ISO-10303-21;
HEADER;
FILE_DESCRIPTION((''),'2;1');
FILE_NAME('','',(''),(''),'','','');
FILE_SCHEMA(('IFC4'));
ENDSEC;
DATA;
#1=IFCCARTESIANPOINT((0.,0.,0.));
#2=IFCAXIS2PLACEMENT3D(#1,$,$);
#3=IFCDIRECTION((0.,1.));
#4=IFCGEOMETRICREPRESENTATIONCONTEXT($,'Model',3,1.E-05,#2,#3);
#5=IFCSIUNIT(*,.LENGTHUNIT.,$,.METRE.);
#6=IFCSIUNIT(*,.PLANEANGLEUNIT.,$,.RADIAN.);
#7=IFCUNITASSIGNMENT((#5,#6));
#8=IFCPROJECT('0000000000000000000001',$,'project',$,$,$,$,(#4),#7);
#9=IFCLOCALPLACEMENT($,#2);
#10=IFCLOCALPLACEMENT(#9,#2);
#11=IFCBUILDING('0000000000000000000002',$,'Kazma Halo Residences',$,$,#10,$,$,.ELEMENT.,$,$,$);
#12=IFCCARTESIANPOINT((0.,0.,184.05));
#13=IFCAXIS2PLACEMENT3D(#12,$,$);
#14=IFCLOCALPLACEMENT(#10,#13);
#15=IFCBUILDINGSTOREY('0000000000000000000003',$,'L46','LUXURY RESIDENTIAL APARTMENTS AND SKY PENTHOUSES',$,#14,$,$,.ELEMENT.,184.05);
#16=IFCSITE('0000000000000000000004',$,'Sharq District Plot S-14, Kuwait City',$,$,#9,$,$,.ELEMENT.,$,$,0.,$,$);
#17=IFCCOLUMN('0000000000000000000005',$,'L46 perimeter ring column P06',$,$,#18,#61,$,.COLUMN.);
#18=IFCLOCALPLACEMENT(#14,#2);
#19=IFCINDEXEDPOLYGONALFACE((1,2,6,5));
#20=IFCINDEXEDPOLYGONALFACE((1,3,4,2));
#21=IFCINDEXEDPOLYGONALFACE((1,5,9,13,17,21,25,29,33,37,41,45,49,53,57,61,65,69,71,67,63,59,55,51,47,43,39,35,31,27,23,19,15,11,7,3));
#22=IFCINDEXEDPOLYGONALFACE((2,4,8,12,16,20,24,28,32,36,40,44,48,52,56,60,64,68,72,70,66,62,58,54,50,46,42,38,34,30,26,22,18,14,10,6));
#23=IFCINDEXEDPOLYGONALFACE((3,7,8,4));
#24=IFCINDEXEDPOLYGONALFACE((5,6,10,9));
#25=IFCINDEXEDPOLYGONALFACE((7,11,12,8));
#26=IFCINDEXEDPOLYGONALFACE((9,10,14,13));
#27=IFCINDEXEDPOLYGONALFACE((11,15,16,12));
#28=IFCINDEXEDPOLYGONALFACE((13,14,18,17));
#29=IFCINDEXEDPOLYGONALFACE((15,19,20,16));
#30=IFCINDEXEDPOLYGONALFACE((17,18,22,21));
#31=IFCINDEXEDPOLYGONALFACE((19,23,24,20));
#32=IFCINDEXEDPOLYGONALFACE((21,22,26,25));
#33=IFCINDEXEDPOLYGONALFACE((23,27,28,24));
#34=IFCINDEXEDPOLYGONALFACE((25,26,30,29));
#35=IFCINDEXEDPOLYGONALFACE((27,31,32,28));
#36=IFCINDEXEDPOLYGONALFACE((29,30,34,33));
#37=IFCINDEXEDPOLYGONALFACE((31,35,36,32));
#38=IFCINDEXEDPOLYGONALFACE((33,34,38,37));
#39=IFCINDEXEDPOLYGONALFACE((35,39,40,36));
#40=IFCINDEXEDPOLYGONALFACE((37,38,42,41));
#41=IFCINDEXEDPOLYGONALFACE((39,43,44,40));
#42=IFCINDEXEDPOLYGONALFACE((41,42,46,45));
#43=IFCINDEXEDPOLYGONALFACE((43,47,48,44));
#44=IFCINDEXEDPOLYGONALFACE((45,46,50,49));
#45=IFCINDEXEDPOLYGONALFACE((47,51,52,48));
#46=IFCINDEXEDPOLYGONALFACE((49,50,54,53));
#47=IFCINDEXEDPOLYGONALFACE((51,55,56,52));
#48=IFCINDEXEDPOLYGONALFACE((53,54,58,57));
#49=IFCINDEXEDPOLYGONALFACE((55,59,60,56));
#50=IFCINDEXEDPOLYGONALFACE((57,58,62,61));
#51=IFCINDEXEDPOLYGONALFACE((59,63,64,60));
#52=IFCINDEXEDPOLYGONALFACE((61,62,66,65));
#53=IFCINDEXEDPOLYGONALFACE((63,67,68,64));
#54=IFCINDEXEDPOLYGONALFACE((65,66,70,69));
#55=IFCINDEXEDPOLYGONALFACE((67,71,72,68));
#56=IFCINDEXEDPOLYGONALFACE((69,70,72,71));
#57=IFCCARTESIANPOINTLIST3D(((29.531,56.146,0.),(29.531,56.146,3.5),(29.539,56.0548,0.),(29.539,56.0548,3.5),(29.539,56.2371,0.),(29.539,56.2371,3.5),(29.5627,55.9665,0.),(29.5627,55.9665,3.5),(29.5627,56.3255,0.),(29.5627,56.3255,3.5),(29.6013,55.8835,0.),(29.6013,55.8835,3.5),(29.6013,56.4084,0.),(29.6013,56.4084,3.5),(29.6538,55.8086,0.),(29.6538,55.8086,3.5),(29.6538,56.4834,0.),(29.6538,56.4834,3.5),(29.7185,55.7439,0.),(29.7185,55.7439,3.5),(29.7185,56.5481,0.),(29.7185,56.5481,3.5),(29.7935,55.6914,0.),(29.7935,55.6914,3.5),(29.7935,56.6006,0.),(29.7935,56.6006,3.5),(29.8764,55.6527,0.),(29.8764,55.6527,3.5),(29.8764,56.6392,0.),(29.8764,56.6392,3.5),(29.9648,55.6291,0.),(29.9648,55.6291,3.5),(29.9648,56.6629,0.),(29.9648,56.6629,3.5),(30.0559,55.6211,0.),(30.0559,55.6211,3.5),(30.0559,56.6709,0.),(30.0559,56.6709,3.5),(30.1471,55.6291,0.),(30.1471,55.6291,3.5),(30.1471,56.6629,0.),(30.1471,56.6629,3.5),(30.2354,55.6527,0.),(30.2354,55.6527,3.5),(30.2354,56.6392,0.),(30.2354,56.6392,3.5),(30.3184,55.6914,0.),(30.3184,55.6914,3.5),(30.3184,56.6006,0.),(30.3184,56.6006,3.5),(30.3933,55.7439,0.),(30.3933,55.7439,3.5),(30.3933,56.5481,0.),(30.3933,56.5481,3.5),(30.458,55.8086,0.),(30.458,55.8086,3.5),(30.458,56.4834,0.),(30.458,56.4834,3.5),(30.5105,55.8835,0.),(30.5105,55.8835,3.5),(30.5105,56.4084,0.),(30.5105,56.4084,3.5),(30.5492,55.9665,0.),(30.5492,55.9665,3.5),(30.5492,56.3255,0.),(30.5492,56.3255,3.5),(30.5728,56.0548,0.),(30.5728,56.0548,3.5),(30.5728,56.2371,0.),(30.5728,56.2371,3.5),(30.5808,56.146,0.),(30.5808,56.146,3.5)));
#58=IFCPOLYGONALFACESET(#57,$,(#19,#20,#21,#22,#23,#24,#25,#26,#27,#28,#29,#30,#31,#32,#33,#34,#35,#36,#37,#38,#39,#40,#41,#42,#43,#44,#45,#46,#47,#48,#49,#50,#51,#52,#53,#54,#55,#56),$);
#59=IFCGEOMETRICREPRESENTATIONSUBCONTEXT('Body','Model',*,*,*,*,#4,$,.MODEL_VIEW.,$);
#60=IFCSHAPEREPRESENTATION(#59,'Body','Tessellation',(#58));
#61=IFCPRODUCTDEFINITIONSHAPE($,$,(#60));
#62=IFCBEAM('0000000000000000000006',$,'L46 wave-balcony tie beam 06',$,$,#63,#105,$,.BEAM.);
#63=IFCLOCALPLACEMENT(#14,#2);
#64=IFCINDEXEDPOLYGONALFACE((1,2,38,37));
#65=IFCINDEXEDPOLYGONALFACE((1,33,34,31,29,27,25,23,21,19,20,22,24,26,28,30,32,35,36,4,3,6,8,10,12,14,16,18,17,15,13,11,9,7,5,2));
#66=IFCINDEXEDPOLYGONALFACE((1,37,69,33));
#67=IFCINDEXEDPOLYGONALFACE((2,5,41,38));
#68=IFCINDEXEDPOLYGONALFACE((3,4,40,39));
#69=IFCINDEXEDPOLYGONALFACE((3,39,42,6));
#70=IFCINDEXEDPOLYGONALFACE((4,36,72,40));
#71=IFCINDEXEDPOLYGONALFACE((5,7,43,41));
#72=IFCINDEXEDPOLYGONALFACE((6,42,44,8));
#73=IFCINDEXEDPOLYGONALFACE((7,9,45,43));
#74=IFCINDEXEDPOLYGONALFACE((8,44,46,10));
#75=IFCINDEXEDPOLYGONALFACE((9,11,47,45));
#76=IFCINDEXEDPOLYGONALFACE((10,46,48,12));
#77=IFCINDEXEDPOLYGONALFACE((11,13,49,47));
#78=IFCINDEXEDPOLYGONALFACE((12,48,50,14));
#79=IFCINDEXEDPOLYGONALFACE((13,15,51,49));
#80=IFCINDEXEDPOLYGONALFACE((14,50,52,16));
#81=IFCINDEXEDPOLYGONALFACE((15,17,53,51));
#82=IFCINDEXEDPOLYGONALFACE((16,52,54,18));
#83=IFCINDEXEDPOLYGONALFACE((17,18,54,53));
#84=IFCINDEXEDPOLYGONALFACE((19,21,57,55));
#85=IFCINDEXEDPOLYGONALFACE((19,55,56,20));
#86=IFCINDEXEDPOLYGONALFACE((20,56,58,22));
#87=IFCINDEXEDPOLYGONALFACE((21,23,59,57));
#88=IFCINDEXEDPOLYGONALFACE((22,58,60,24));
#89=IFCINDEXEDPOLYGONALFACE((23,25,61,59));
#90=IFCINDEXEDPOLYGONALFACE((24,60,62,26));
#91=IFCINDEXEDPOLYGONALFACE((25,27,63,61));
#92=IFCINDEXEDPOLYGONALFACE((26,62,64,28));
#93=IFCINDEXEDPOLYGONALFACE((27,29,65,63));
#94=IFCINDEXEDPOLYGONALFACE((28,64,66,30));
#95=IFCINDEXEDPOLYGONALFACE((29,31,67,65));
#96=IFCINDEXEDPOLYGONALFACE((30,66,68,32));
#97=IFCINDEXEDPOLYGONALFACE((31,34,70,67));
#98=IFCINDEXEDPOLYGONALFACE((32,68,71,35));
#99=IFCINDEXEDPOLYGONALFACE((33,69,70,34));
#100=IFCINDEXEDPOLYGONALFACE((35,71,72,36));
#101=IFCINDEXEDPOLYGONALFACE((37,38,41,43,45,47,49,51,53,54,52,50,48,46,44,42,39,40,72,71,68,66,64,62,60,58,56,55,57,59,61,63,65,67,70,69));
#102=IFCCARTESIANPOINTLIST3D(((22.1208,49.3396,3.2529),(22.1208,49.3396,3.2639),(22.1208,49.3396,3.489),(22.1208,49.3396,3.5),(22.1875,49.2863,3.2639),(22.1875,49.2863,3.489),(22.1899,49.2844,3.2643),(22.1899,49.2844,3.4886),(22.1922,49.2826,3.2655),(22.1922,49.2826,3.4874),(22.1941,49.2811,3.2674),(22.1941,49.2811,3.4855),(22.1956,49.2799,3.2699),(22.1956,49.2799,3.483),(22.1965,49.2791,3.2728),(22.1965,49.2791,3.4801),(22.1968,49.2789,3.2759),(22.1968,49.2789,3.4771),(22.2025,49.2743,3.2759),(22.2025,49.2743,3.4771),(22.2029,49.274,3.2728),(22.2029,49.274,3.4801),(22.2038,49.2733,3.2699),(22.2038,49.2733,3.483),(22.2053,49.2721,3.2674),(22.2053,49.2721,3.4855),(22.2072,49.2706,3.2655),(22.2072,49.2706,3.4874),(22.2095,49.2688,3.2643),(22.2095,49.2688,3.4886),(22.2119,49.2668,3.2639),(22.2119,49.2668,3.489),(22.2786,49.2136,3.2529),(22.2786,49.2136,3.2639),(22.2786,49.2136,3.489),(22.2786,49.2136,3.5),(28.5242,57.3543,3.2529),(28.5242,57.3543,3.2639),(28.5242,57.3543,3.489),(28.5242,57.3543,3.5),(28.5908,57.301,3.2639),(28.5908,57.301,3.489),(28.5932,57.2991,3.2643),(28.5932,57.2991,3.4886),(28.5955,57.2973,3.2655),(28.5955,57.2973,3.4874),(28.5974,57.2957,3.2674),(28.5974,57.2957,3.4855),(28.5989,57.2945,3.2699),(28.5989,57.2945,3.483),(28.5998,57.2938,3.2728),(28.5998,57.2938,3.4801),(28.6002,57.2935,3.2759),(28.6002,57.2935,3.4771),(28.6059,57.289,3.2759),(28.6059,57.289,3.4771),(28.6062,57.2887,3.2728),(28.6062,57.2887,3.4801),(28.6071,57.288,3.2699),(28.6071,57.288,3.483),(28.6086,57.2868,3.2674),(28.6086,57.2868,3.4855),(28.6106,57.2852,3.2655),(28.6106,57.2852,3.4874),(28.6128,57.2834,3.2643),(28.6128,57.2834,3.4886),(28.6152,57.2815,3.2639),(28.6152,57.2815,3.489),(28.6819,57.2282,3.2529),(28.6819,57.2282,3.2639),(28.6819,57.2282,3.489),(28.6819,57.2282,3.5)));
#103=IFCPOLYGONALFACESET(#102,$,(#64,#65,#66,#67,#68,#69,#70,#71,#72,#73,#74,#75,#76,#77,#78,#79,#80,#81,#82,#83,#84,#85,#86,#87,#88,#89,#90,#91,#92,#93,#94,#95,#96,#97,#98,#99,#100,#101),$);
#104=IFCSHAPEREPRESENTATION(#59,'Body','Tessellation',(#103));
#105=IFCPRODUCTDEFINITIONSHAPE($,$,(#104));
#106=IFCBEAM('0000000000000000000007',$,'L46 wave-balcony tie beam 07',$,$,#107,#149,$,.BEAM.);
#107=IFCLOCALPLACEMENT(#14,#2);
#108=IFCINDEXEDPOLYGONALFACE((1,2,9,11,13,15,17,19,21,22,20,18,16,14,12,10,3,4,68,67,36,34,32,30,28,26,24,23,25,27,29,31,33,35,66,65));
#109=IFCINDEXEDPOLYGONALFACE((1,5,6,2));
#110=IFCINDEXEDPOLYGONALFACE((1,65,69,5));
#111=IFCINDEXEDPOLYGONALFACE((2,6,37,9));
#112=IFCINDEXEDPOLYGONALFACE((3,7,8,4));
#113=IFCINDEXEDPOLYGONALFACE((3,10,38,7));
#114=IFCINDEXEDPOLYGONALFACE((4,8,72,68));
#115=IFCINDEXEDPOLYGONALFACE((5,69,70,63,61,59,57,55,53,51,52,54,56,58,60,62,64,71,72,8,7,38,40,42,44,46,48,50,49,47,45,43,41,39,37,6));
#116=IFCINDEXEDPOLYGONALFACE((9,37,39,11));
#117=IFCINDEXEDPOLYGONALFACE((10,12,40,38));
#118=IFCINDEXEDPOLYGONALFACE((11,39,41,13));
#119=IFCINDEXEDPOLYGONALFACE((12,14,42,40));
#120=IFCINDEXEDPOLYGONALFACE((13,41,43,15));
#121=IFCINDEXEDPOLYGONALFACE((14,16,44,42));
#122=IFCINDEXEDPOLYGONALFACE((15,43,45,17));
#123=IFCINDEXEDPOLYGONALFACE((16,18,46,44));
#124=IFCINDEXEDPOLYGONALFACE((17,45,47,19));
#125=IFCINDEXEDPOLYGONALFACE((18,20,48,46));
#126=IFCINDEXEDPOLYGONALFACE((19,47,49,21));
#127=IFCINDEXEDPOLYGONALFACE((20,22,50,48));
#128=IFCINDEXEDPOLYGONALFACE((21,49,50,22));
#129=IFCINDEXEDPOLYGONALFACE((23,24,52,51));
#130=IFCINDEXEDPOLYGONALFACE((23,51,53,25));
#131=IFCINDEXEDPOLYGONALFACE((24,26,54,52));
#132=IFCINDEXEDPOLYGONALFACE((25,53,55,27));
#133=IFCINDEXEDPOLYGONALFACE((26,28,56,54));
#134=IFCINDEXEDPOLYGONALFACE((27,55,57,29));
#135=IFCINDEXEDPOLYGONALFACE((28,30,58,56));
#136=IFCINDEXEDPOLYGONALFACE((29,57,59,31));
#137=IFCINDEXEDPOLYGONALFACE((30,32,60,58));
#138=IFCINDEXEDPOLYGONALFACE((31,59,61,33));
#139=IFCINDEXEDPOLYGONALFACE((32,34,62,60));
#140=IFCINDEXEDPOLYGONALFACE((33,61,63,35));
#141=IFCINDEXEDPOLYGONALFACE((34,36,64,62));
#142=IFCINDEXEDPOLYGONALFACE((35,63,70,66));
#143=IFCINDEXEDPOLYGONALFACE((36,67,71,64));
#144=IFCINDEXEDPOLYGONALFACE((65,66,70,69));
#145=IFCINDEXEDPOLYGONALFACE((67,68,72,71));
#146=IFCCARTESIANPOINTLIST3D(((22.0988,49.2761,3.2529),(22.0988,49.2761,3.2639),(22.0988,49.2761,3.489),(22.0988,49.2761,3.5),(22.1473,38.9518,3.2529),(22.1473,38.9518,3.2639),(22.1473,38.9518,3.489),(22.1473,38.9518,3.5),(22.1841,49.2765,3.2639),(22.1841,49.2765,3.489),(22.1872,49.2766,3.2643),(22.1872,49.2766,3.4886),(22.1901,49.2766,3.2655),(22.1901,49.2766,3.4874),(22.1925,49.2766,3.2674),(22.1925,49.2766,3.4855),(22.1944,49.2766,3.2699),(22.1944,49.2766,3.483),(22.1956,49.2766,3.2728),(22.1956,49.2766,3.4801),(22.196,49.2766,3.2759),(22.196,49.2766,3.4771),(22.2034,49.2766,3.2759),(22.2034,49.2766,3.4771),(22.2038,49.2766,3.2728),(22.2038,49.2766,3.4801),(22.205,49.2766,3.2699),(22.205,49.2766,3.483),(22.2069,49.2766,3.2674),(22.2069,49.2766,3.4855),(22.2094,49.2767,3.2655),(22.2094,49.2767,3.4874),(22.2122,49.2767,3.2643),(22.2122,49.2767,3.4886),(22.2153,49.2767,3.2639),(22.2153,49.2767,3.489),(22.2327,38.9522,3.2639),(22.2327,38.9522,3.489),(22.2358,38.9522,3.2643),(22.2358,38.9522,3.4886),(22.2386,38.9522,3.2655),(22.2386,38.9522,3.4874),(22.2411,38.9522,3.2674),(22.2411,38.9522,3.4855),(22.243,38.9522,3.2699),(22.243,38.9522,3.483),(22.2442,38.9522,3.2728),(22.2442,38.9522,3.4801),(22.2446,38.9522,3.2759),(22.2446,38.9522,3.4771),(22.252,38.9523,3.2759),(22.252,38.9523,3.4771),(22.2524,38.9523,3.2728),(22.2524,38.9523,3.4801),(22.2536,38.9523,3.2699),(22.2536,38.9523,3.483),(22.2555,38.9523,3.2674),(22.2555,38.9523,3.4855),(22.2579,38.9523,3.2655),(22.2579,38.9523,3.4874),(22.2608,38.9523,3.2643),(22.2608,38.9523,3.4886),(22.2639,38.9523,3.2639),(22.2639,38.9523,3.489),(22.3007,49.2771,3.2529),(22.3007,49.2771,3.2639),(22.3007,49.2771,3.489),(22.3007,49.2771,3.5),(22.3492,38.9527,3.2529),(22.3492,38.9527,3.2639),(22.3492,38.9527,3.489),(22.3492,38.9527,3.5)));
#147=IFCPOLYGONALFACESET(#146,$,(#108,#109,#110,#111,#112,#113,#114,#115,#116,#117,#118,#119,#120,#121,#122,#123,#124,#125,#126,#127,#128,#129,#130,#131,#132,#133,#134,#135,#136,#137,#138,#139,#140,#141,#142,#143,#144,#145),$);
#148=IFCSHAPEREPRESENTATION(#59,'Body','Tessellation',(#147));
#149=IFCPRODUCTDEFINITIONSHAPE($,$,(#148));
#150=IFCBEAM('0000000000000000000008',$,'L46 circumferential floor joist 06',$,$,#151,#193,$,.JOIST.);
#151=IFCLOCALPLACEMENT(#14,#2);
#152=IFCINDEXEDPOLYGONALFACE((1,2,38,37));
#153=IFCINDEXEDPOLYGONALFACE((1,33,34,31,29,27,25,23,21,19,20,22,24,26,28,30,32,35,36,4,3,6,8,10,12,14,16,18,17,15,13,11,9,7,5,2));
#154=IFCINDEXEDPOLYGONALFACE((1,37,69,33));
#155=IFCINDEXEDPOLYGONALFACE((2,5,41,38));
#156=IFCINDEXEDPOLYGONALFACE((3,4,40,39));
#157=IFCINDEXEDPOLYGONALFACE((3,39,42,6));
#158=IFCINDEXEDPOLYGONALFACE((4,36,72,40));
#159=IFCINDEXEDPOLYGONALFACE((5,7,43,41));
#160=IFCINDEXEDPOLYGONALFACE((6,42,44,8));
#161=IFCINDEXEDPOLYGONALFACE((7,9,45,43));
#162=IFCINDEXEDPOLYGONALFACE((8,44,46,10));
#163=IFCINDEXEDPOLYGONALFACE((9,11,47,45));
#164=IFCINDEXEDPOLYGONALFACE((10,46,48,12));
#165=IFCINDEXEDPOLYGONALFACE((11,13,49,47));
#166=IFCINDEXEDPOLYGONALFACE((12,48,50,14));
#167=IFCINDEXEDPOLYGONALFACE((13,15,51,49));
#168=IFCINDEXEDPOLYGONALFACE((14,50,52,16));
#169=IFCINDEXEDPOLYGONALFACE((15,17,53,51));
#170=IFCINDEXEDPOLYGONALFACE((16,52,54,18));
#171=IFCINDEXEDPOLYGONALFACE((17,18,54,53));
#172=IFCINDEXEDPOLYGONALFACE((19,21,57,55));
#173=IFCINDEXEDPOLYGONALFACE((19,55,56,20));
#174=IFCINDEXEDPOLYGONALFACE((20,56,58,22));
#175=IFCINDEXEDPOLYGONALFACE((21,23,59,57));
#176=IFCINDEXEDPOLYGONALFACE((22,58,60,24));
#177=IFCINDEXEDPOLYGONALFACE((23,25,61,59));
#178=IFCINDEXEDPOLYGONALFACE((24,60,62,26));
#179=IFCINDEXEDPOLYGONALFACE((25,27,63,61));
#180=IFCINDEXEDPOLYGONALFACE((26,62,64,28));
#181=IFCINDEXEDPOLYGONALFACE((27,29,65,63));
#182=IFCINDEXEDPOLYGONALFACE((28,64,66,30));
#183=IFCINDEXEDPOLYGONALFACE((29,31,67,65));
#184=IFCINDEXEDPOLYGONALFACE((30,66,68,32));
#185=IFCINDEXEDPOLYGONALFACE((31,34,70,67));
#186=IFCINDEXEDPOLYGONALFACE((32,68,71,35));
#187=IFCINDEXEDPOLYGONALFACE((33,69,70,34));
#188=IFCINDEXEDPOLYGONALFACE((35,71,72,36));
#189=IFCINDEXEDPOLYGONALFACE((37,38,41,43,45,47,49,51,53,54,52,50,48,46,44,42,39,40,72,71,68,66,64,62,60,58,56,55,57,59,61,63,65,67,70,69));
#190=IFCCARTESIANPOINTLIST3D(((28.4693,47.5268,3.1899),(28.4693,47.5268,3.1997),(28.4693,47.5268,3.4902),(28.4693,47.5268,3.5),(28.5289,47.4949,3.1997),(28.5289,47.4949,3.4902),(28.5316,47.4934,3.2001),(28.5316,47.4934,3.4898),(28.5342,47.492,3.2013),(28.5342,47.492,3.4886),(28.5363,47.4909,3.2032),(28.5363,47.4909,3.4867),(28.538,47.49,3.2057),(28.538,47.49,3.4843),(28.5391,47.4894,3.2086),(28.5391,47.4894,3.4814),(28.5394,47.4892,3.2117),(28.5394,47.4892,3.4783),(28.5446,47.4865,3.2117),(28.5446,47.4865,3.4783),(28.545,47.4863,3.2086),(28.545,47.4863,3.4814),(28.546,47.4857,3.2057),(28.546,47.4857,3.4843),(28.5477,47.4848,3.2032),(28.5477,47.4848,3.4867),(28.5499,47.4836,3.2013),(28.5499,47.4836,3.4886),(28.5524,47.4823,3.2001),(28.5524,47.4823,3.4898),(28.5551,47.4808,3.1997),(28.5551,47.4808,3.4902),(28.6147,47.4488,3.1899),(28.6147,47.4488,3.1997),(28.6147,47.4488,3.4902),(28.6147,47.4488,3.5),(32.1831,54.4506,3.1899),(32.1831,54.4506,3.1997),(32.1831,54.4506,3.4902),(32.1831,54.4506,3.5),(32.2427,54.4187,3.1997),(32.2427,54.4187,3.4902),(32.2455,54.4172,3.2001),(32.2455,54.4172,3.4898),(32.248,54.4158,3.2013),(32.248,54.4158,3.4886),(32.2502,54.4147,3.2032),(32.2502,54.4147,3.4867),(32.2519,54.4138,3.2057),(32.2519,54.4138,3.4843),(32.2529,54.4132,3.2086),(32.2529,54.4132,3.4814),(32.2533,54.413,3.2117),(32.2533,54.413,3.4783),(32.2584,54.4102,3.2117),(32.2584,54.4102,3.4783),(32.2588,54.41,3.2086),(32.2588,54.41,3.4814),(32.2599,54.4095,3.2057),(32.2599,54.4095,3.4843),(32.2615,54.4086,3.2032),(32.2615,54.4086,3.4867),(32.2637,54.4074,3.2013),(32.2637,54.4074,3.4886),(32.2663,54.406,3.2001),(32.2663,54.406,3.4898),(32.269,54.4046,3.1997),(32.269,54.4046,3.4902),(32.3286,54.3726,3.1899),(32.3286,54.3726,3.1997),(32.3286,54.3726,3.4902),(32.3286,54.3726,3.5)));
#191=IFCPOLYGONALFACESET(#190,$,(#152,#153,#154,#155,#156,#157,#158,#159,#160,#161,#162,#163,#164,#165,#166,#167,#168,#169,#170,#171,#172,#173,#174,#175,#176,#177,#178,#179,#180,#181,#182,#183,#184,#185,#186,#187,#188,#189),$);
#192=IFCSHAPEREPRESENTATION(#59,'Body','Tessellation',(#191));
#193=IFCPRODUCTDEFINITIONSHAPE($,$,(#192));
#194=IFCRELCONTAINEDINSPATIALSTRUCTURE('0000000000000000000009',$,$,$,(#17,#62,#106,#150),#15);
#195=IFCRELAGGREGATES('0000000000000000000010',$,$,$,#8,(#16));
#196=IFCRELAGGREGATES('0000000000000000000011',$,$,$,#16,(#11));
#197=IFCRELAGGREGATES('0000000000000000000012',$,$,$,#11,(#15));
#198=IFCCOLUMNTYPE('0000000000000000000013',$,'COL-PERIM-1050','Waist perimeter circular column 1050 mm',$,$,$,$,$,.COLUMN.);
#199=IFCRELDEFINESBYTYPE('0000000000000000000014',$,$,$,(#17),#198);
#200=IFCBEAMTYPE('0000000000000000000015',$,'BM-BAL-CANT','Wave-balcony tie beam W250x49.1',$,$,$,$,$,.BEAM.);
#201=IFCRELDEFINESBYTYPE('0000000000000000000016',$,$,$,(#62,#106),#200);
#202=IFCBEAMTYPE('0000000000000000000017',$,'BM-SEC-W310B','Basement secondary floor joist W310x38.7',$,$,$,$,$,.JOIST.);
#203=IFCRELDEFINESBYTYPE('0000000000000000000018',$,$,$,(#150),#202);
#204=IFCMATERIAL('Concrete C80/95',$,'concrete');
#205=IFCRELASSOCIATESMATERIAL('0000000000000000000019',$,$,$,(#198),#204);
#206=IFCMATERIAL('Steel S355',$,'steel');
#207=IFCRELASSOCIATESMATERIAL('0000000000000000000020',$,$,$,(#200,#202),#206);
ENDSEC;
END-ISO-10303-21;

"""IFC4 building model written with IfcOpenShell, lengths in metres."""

from ifc_helpers import new_model, si_unit, direction, frame, origin, origin_2d, place, context, subcontext, project, spatial, circle, i_section, extrude, material, material_profile, profile_set, type_object, element, save


model = new_model("IFC4")

# Units and contexts
model_context = context("Model", 3, precision=1e-05, world=origin(), true_north=direction((0.0, 1.0)))
body_context = subcontext(model_context, "Body", "Model", "MODEL_VIEW")
ifc_project = project(units=[si_unit("LENGTHUNIT", "METRE"), si_unit("PLANEANGLEUNIT", "RADIAN")], contexts=[model_context])

# Site, building, storey
site_placement = place(None, origin())
site = spatial("IfcSite", under=ifc_project, at=site_placement, Name="Sharq District Plot S-14, Kuwait City", CompositionType="ELEMENT", RefElevation=0.0)
building_placement = place(site_placement, origin())
building = spatial("IfcBuilding", under=site, at=building_placement, Name="Kazma Halo Residences", CompositionType="ELEMENT")
storey_placement = place(building_placement, frame((0.0, 0.0, 184.05)))
storey = spatial("IfcBuildingStorey", under=building, at=storey_placement, Name="L46", Description="LUXURY RESIDENTIAL APARTMENTS AND SKY PENTHOUSES", CompositionType="ELEMENT", Elevation=184.05)

# Column
ifc_material_1 = material(Name="Concrete C80/95", Category="concrete")
ifc_material_profile_1 = material_profile(ifc_material_1, circle(Radius=0.5249, at=origin_2d()), Name="CIRC1050")
ifc_profile_set_1 = profile_set([ifc_material_profile_1], Name="Concrete C80/95")
column_type = type_object("IfcColumnType", Name="COL-PERIM-1050", Description="Waist perimeter circular column 1050 mm", PredefinedType="COLUMN", material=ifc_profile_set_1)
column_placement = place(storey_placement, frame((30.0559, 56.146, 0.0), z_axis=(0.0, 0.0, 1.0), x_axis=(1.0, 0.0, 0.0)))
element("IfcColumn", 1, at=column_placement, inside=storey, type_object=column_type, Name="L46 perimeter ring column P06", PredefinedType="COLUMN", context=body_context, shape_type="SweptSolid", body=[
    extrude(circle(Radius=0.5249, at=origin_2d()), origin(), (0.0, 0.0, 1.0), 3.5),
])

# Beams
ifc_material_2 = material(Name="Steel S355", Category="steel")
ifc_material_profile_2 = material_profile(ifc_material_2, i_section(OverallWidth=0.2019, OverallDepth=0.2471, WebThickness=0.0073, FlangeThickness=0.011, FilletRadius=0.012, at=origin_2d()), Name="W250x49.1")
ifc_profile_set_2 = profile_set([ifc_material_profile_2], Name="Steel S355")
beam_type_1 = type_object("IfcBeamType", Name="BM-BAL-CANT", Description="Wave-balcony tie beam W250x49.1", PredefinedType="BEAM", material=ifc_profile_set_2)
beam_1_placement = place(storey_placement, frame((28.603, 57.2913, 3.3765), z_axis=(-0.624196, -0.781268, 0.0), x_axis=(0.781268, -0.624196, 0.0)))
element("IfcBeam", 2, at=beam_1_placement, inside=storey, type_object=beam_type_1, Name="L46 wave-balcony tie beam 06", PredefinedType="BEAM", context=body_context, shape_type="SweptSolid", body=[
    extrude(i_section(OverallWidth=0.2019, OverallDepth=0.2471, WebThickness=0.0073, FlangeThickness=0.011, FilletRadius=0.012, at=origin_2d()), origin(), (0.0, 0.0, 1.0), 10.2585),
])
beam_2_placement = place(storey_placement, frame((22.1997, 49.2766, 3.3765), z_axis=(0.004706, -0.999989, 0.0), x_axis=(0.999989, 0.004706, 0.0)))
element("IfcBeam", 3, at=beam_2_placement, inside=storey, type_object=beam_type_1, Name="L46 wave-balcony tie beam 07", PredefinedType="BEAM", context=body_context, shape_type="SweptSolid", body=[
    extrude(i_section(OverallWidth=0.2019, OverallDepth=0.2471, WebThickness=0.0073, FlangeThickness=0.011, FilletRadius=0.012, at=origin_2d()), origin(), (0.0, 0.0, 1.0), 10.3245),
])
ifc_material_profile_3 = material_profile(ifc_material_2, i_section(OverallWidth=0.165, OverallDepth=0.3101, WebThickness=0.0059, FlangeThickness=0.0098, FilletRadius=0.012, at=origin_2d()), Name="W310x38.7")
ifc_profile_set_3 = profile_set([ifc_material_profile_3], Name="Steel S355")
beam_type_2 = type_object("IfcBeamType", Name="BM-SEC-W310B", Description="Basement secondary floor joist W310x38.7", PredefinedType="JOIST", material=ifc_profile_set_3)
beam_3_placement = place(storey_placement, frame((32.2559, 54.4116, 3.345), z_axis=(-0.472684, -0.881232, 0.0), x_axis=(0.881232, -0.472684, 0.0)))
element("IfcBeam", 4, at=beam_3_placement, inside=storey, type_object=beam_type_2, Name="L46 circumferential floor joist 06", PredefinedType="JOIST", context=body_context, shape_type="SweptSolid", body=[
    extrude(i_section(OverallWidth=0.165, OverallDepth=0.3101, WebThickness=0.0059, FlangeThickness=0.0098, FilletRadius=0.012, at=origin_2d()), origin(), (0.0, 0.0, 1.0), 7.8569),
])

save(model, "model.ifc")
